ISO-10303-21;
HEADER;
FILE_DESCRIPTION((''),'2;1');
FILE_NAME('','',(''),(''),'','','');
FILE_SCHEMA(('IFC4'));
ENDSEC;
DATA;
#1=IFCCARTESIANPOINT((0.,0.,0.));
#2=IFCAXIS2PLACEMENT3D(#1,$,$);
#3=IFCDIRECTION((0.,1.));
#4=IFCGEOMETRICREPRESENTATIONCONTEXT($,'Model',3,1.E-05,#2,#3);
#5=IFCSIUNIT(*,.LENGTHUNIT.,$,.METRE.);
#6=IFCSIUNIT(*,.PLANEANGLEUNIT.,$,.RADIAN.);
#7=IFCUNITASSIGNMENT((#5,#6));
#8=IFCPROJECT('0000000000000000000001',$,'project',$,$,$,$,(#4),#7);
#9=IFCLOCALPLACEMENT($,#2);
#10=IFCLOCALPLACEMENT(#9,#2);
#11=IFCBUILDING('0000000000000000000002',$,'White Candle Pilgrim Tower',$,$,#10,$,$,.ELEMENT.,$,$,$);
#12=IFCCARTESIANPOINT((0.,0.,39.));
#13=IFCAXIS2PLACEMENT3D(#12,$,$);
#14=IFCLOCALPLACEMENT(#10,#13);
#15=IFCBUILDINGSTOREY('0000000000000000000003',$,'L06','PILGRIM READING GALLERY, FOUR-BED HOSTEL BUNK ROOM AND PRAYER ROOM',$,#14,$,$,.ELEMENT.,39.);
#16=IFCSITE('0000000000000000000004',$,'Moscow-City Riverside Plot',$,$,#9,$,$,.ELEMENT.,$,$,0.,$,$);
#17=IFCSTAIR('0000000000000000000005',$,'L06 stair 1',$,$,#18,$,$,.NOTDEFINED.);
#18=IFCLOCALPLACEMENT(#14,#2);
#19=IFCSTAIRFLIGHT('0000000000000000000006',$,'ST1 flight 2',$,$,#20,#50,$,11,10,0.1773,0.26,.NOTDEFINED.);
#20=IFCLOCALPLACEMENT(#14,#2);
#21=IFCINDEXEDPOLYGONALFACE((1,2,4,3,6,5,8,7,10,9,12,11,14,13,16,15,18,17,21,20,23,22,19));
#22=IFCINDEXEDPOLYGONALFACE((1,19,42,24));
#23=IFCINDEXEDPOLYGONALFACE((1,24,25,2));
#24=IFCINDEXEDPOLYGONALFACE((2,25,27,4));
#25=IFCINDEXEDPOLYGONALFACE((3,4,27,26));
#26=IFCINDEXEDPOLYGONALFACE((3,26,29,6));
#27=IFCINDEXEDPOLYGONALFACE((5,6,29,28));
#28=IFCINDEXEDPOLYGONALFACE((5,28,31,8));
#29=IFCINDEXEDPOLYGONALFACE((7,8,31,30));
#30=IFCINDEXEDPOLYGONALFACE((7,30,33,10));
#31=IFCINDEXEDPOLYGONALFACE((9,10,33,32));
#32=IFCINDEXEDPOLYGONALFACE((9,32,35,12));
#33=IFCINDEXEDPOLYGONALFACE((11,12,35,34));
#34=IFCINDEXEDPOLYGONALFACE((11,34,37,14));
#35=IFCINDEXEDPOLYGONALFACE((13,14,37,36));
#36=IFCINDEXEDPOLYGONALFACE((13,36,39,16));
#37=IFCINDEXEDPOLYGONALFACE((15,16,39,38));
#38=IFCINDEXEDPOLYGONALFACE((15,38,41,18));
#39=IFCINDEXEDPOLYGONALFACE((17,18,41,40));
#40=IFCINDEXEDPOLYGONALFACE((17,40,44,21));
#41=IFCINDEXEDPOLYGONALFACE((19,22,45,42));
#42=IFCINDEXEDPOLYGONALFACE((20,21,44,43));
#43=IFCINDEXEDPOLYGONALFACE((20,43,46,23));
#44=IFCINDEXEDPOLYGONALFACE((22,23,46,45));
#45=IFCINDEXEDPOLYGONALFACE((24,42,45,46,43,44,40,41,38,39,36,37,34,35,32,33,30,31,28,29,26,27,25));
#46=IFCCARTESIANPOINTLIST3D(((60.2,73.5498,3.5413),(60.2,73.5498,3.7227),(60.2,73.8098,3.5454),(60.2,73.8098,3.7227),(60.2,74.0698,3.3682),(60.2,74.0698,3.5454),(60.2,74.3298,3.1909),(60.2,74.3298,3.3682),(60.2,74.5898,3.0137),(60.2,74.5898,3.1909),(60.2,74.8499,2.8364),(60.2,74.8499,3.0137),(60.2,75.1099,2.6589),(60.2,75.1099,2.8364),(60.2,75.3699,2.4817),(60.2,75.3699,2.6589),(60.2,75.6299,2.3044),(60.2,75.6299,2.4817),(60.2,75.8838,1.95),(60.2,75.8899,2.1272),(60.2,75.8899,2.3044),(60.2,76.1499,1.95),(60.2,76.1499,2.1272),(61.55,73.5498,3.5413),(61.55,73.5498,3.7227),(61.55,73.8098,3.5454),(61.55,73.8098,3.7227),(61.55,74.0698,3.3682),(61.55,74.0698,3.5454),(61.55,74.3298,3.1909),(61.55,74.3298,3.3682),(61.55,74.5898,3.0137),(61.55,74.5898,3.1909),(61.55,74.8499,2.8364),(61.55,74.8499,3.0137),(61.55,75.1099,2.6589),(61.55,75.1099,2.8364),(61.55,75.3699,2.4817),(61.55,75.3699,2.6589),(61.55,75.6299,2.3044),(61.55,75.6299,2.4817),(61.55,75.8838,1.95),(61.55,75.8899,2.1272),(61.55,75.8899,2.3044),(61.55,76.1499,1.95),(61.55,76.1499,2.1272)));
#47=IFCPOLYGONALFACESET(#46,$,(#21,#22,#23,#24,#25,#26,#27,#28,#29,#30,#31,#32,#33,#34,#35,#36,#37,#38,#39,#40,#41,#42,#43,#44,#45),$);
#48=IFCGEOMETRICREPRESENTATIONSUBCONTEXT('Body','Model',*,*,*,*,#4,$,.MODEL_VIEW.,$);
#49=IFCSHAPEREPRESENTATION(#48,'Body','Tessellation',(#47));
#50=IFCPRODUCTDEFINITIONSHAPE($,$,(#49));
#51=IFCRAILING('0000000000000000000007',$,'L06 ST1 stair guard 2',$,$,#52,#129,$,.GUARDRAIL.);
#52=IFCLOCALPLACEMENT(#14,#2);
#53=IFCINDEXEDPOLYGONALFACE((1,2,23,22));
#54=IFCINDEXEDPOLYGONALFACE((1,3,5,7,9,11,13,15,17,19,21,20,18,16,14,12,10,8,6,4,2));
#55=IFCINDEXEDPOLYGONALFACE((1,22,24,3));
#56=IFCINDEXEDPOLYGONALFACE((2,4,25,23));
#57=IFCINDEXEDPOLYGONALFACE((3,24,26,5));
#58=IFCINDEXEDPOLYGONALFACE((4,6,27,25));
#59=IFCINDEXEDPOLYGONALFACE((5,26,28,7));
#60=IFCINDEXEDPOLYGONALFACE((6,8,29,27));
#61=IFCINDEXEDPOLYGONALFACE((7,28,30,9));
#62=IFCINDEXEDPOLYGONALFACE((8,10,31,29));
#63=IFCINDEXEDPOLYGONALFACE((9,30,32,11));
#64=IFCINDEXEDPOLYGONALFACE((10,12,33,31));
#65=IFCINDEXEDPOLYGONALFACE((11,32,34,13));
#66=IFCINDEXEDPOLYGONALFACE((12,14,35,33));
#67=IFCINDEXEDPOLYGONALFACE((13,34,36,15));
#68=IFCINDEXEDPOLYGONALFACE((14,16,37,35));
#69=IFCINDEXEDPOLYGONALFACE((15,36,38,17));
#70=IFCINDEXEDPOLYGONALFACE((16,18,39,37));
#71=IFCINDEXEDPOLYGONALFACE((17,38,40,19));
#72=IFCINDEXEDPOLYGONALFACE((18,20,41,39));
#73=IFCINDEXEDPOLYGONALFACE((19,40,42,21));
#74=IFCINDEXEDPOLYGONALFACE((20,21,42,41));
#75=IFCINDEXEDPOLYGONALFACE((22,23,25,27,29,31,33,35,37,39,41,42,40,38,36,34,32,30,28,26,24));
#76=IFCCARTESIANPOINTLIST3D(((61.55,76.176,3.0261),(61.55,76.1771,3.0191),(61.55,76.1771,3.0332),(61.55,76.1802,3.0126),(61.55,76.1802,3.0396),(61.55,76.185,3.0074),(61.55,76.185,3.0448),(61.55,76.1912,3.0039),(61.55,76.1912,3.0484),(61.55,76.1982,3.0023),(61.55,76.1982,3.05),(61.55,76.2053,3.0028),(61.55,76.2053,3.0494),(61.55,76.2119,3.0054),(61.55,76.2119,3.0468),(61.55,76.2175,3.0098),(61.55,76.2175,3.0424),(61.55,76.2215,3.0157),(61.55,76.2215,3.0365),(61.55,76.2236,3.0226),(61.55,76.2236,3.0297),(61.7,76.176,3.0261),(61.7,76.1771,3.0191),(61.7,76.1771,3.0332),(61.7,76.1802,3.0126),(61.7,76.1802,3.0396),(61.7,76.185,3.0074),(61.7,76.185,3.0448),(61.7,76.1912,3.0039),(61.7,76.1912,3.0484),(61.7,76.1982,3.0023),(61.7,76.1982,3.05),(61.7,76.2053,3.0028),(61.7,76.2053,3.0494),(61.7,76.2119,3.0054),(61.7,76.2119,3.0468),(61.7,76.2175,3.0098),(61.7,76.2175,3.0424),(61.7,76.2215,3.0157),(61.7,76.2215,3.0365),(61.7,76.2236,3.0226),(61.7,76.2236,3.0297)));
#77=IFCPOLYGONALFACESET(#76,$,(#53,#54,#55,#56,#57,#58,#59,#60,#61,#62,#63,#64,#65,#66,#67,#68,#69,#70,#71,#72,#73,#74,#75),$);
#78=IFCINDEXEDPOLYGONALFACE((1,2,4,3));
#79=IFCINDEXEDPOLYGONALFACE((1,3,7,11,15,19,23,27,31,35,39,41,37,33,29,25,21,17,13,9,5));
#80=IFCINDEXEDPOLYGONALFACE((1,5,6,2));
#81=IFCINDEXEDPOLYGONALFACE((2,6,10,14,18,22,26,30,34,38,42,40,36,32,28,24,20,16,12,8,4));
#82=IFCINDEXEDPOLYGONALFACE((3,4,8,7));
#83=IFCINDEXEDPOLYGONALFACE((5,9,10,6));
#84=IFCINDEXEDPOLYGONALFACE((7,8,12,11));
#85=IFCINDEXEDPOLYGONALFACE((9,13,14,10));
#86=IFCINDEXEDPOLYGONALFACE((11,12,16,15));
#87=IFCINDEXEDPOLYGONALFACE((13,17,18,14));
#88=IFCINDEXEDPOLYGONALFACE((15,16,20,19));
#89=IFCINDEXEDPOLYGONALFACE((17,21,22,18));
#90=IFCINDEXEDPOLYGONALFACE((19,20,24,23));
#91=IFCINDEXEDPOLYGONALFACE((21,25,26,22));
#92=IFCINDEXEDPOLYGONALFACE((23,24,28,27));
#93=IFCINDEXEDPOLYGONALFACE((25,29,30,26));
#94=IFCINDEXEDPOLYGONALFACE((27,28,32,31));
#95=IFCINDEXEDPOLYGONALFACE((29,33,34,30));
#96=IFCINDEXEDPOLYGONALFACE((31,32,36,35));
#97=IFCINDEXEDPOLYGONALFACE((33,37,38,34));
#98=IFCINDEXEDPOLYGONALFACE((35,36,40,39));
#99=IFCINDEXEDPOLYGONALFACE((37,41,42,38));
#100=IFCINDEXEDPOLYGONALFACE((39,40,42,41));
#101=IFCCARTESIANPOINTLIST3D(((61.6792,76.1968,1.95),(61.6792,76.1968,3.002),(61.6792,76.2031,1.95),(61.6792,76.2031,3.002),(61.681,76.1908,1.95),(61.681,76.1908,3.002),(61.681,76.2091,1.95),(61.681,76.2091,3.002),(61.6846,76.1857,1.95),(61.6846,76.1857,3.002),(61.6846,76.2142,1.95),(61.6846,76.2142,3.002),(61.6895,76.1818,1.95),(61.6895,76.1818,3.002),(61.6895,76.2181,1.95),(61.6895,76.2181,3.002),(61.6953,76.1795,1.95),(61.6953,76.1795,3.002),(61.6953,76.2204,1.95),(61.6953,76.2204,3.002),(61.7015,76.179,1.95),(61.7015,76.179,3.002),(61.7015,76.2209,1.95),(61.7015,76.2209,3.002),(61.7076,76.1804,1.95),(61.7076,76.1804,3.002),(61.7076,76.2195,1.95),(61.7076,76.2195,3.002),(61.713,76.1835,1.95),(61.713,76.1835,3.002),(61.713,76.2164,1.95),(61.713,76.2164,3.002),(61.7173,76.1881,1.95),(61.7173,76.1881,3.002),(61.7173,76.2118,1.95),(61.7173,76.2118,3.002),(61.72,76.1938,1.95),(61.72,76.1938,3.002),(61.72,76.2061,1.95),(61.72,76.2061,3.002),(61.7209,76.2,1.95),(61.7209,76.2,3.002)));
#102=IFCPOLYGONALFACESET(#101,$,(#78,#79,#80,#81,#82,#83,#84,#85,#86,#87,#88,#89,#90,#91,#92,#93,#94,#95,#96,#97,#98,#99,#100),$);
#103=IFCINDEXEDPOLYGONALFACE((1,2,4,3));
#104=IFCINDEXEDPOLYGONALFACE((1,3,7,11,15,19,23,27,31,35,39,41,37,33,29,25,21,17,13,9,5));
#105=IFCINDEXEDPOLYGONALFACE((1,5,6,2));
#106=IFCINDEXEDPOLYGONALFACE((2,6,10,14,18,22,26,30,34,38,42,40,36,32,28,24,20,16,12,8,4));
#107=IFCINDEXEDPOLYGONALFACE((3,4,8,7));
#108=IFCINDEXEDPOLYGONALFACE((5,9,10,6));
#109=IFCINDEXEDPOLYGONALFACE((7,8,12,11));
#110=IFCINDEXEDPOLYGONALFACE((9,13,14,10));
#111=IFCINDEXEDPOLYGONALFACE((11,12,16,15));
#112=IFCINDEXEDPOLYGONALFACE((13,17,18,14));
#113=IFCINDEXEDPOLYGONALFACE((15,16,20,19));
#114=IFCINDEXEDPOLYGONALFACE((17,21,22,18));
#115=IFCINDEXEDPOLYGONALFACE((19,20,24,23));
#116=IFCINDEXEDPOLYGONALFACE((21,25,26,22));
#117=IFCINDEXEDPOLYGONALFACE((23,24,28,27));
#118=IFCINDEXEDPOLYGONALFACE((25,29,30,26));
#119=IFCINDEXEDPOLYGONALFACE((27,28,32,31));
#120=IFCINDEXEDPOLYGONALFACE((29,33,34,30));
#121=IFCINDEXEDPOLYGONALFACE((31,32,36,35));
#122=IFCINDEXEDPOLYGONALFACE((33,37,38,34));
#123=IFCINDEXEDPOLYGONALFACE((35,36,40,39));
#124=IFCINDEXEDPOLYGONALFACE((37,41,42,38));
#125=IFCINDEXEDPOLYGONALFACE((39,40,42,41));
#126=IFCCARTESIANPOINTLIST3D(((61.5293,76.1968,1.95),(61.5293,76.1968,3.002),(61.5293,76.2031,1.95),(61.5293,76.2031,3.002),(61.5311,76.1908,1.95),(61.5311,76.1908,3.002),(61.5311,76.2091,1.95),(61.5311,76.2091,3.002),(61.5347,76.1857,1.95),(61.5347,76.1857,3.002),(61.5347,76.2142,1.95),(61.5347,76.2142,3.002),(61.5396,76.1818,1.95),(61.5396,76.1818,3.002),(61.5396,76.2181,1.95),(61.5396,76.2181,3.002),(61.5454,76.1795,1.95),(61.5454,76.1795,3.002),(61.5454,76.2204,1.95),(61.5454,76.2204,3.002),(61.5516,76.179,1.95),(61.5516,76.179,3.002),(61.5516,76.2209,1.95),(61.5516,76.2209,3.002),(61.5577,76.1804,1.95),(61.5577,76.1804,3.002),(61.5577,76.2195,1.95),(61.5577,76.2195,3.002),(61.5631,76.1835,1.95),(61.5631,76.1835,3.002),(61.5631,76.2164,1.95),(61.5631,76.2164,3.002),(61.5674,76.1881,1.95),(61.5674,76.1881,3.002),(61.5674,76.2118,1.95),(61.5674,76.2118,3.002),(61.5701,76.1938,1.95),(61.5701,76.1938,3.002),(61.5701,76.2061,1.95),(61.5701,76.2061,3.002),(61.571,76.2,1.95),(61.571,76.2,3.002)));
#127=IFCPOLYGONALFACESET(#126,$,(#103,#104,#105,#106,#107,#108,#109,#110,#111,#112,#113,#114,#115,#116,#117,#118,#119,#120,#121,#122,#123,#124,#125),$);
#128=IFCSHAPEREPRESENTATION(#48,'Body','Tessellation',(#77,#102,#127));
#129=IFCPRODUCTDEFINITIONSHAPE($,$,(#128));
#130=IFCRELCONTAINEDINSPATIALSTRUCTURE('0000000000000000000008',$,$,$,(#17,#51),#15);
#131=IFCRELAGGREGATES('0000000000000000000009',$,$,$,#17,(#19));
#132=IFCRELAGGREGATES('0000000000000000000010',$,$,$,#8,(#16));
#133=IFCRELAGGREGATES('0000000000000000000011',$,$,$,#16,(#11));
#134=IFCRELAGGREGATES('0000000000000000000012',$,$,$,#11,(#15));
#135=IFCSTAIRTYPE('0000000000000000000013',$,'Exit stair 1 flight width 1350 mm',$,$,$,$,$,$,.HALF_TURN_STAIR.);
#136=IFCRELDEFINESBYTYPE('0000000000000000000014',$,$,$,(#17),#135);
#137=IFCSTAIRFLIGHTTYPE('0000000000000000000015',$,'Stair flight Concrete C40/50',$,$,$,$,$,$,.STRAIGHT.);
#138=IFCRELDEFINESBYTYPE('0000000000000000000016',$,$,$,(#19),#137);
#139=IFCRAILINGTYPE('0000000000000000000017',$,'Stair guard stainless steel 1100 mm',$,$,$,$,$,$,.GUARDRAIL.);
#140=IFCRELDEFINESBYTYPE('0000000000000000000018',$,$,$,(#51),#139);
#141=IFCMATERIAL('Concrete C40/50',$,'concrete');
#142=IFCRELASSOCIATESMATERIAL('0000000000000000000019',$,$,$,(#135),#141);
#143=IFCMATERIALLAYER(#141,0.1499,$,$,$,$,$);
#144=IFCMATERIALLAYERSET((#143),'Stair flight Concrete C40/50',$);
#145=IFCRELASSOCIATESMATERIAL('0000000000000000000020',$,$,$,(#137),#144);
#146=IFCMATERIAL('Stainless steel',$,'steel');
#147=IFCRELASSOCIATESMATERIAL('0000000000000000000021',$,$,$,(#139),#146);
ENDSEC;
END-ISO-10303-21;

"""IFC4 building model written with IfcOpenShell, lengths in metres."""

from ifc_helpers import new_model, si_unit, direction, frame, origin, origin_2d, place, context, subcontext, project, spatial, polyline, circle, outline, extrude, material, layer, layer_set, type_object, element, aggregate, save


model = new_model("IFC4")

# Units and contexts
model_context = context("Model", 3, precision=1e-05, world=origin(), true_north=direction((0.0, 1.0)))
body_context = subcontext(model_context, "Body", "Model", "MODEL_VIEW")
ifc_project = project(units=[si_unit("LENGTHUNIT", "METRE"), si_unit("PLANEANGLEUNIT", "RADIAN")], contexts=[model_context])

# Site, building, storey
site_placement = place(None, origin())
site = spatial("IfcSite", under=ifc_project, at=site_placement, Name="Moscow-City Riverside Plot", CompositionType="ELEMENT", RefElevation=0.0)
building_placement = place(site_placement, origin())
building = spatial("IfcBuilding", under=site, at=building_placement, Name="White Candle Pilgrim Tower", CompositionType="ELEMENT")
storey_placement = place(building_placement, frame((0.0, 0.0, 39.0)))
storey = spatial("IfcBuildingStorey", under=building, at=storey_placement, Name="L06", Description="PILGRIM READING GALLERY, FOUR-BED HOSTEL BUNK ROOM AND PRAYER ROOM", CompositionType="ELEMENT", Elevation=39.0)

# Stair, stair flight
ifc_material_1 = material(Name="Concrete C40/50", Category="concrete")
stair_type = type_object("IfcStairType", Name="Exit stair 1 flight width 1350 mm", PredefinedType="HALF_TURN_STAIR", material=ifc_material_1)
stair_placement = place(storey_placement, origin())
stair = element("IfcStair", 1, at=stair_placement, inside=storey, type_object=stair_type, Name="L06 stair 1", PredefinedType="NOTDEFINED")
ifc_layer_1 = layer(ifc_material_1, 0.1499)
ifc_layer_set_1 = layer_set([ifc_layer_1], Name="Stair flight Concrete C40/50")
stair_flight_type = type_object("IfcStairFlightType", Name="Stair flight Concrete C40/50", PredefinedType="STRAIGHT", material=ifc_layer_set_1)
stair_flight_placement = place(storey_placement, frame((60.875, 76.1499, 1.95), z_axis=(0.0, 0.0, 1.0), x_axis=(0.0, -1.0, 0.0)))
stair_flight = element("IfcStairFlight", 2, at=stair_flight_placement, type_object=stair_flight_type, Name="ST1 flight 2", NumberOfRisers=11, NumberOfTreads=10, PredefinedType="NOTDEFINED", RiserHeight=0.1773, TreadLength=0.26, context=body_context, shape_type="SweptSolid", body=[
    extrude(outline(polyline([(0.0, 0.0), (0.0, 0.1772), (0.26, 0.1772), (0.26, 0.3545), (0.52, 0.3545), (0.52, 0.5317), (0.78, 0.5317), (0.78, 0.709), (1.04, 0.709), (1.04, 0.8865), (1.3, 0.8865), (1.3, 1.0637), (1.5601, 1.0637), (1.5601, 1.241), (1.8201, 1.241), (1.8201, 1.4182), (2.0801, 1.4182), (2.0801, 1.5955), (2.3401, 1.5955), (2.3401, 1.7727), (2.6001, 1.7727), (2.6001, 1.95), (2.6001, 1.5913), (0.2661, 0.0), (0.0, 0.0)])), frame((0.0, 0.675, 0.0), z_axis=(0.0, -1.0, 0.0), x_axis=(1.0, 0.0, 0.0)), (0.0, 0.0, 1.0), 1.3501),
])
aggregate(stair, [stair_flight])

# Railing
ifc_material_2 = material(Name="Stainless steel", Category="steel")
railing_type_1 = type_object("IfcRailingType", Name="Stair guard stainless steel 1100 mm", PredefinedType="GUARDRAIL", material=ifc_material_2)
railing_1_placement = place(storey_placement, frame((61.7, 76.2, 1.95)))
element("IfcRailing", 3, at=railing_1_placement, inside=storey, type_object=railing_type_1, Name="L06 ST1 stair guard 2", PredefinedType="GUARDRAIL", context=body_context, shape_type="SweptSolid", body=[
    extrude(circle(Radius=0.0239, at=origin_2d()), frame((0.0, 0.0, 1.0762), z_axis=(-1.0, 0.0, 0.0), x_axis=(0.0, -1.0, 0.0)), (0.0, 0.0, 1.0), 0.1499),
    extrude(circle(Radius=0.021, at=origin_2d()), origin(), (0.0, 0.0, 1.0), 1.052),
    extrude(circle(Radius=0.021, at=origin_2d()), frame((-0.1499, 0.0, 0.0)), (0.0, 0.0, 1.0), 1.052),
])

save(model, "model.ifc")
